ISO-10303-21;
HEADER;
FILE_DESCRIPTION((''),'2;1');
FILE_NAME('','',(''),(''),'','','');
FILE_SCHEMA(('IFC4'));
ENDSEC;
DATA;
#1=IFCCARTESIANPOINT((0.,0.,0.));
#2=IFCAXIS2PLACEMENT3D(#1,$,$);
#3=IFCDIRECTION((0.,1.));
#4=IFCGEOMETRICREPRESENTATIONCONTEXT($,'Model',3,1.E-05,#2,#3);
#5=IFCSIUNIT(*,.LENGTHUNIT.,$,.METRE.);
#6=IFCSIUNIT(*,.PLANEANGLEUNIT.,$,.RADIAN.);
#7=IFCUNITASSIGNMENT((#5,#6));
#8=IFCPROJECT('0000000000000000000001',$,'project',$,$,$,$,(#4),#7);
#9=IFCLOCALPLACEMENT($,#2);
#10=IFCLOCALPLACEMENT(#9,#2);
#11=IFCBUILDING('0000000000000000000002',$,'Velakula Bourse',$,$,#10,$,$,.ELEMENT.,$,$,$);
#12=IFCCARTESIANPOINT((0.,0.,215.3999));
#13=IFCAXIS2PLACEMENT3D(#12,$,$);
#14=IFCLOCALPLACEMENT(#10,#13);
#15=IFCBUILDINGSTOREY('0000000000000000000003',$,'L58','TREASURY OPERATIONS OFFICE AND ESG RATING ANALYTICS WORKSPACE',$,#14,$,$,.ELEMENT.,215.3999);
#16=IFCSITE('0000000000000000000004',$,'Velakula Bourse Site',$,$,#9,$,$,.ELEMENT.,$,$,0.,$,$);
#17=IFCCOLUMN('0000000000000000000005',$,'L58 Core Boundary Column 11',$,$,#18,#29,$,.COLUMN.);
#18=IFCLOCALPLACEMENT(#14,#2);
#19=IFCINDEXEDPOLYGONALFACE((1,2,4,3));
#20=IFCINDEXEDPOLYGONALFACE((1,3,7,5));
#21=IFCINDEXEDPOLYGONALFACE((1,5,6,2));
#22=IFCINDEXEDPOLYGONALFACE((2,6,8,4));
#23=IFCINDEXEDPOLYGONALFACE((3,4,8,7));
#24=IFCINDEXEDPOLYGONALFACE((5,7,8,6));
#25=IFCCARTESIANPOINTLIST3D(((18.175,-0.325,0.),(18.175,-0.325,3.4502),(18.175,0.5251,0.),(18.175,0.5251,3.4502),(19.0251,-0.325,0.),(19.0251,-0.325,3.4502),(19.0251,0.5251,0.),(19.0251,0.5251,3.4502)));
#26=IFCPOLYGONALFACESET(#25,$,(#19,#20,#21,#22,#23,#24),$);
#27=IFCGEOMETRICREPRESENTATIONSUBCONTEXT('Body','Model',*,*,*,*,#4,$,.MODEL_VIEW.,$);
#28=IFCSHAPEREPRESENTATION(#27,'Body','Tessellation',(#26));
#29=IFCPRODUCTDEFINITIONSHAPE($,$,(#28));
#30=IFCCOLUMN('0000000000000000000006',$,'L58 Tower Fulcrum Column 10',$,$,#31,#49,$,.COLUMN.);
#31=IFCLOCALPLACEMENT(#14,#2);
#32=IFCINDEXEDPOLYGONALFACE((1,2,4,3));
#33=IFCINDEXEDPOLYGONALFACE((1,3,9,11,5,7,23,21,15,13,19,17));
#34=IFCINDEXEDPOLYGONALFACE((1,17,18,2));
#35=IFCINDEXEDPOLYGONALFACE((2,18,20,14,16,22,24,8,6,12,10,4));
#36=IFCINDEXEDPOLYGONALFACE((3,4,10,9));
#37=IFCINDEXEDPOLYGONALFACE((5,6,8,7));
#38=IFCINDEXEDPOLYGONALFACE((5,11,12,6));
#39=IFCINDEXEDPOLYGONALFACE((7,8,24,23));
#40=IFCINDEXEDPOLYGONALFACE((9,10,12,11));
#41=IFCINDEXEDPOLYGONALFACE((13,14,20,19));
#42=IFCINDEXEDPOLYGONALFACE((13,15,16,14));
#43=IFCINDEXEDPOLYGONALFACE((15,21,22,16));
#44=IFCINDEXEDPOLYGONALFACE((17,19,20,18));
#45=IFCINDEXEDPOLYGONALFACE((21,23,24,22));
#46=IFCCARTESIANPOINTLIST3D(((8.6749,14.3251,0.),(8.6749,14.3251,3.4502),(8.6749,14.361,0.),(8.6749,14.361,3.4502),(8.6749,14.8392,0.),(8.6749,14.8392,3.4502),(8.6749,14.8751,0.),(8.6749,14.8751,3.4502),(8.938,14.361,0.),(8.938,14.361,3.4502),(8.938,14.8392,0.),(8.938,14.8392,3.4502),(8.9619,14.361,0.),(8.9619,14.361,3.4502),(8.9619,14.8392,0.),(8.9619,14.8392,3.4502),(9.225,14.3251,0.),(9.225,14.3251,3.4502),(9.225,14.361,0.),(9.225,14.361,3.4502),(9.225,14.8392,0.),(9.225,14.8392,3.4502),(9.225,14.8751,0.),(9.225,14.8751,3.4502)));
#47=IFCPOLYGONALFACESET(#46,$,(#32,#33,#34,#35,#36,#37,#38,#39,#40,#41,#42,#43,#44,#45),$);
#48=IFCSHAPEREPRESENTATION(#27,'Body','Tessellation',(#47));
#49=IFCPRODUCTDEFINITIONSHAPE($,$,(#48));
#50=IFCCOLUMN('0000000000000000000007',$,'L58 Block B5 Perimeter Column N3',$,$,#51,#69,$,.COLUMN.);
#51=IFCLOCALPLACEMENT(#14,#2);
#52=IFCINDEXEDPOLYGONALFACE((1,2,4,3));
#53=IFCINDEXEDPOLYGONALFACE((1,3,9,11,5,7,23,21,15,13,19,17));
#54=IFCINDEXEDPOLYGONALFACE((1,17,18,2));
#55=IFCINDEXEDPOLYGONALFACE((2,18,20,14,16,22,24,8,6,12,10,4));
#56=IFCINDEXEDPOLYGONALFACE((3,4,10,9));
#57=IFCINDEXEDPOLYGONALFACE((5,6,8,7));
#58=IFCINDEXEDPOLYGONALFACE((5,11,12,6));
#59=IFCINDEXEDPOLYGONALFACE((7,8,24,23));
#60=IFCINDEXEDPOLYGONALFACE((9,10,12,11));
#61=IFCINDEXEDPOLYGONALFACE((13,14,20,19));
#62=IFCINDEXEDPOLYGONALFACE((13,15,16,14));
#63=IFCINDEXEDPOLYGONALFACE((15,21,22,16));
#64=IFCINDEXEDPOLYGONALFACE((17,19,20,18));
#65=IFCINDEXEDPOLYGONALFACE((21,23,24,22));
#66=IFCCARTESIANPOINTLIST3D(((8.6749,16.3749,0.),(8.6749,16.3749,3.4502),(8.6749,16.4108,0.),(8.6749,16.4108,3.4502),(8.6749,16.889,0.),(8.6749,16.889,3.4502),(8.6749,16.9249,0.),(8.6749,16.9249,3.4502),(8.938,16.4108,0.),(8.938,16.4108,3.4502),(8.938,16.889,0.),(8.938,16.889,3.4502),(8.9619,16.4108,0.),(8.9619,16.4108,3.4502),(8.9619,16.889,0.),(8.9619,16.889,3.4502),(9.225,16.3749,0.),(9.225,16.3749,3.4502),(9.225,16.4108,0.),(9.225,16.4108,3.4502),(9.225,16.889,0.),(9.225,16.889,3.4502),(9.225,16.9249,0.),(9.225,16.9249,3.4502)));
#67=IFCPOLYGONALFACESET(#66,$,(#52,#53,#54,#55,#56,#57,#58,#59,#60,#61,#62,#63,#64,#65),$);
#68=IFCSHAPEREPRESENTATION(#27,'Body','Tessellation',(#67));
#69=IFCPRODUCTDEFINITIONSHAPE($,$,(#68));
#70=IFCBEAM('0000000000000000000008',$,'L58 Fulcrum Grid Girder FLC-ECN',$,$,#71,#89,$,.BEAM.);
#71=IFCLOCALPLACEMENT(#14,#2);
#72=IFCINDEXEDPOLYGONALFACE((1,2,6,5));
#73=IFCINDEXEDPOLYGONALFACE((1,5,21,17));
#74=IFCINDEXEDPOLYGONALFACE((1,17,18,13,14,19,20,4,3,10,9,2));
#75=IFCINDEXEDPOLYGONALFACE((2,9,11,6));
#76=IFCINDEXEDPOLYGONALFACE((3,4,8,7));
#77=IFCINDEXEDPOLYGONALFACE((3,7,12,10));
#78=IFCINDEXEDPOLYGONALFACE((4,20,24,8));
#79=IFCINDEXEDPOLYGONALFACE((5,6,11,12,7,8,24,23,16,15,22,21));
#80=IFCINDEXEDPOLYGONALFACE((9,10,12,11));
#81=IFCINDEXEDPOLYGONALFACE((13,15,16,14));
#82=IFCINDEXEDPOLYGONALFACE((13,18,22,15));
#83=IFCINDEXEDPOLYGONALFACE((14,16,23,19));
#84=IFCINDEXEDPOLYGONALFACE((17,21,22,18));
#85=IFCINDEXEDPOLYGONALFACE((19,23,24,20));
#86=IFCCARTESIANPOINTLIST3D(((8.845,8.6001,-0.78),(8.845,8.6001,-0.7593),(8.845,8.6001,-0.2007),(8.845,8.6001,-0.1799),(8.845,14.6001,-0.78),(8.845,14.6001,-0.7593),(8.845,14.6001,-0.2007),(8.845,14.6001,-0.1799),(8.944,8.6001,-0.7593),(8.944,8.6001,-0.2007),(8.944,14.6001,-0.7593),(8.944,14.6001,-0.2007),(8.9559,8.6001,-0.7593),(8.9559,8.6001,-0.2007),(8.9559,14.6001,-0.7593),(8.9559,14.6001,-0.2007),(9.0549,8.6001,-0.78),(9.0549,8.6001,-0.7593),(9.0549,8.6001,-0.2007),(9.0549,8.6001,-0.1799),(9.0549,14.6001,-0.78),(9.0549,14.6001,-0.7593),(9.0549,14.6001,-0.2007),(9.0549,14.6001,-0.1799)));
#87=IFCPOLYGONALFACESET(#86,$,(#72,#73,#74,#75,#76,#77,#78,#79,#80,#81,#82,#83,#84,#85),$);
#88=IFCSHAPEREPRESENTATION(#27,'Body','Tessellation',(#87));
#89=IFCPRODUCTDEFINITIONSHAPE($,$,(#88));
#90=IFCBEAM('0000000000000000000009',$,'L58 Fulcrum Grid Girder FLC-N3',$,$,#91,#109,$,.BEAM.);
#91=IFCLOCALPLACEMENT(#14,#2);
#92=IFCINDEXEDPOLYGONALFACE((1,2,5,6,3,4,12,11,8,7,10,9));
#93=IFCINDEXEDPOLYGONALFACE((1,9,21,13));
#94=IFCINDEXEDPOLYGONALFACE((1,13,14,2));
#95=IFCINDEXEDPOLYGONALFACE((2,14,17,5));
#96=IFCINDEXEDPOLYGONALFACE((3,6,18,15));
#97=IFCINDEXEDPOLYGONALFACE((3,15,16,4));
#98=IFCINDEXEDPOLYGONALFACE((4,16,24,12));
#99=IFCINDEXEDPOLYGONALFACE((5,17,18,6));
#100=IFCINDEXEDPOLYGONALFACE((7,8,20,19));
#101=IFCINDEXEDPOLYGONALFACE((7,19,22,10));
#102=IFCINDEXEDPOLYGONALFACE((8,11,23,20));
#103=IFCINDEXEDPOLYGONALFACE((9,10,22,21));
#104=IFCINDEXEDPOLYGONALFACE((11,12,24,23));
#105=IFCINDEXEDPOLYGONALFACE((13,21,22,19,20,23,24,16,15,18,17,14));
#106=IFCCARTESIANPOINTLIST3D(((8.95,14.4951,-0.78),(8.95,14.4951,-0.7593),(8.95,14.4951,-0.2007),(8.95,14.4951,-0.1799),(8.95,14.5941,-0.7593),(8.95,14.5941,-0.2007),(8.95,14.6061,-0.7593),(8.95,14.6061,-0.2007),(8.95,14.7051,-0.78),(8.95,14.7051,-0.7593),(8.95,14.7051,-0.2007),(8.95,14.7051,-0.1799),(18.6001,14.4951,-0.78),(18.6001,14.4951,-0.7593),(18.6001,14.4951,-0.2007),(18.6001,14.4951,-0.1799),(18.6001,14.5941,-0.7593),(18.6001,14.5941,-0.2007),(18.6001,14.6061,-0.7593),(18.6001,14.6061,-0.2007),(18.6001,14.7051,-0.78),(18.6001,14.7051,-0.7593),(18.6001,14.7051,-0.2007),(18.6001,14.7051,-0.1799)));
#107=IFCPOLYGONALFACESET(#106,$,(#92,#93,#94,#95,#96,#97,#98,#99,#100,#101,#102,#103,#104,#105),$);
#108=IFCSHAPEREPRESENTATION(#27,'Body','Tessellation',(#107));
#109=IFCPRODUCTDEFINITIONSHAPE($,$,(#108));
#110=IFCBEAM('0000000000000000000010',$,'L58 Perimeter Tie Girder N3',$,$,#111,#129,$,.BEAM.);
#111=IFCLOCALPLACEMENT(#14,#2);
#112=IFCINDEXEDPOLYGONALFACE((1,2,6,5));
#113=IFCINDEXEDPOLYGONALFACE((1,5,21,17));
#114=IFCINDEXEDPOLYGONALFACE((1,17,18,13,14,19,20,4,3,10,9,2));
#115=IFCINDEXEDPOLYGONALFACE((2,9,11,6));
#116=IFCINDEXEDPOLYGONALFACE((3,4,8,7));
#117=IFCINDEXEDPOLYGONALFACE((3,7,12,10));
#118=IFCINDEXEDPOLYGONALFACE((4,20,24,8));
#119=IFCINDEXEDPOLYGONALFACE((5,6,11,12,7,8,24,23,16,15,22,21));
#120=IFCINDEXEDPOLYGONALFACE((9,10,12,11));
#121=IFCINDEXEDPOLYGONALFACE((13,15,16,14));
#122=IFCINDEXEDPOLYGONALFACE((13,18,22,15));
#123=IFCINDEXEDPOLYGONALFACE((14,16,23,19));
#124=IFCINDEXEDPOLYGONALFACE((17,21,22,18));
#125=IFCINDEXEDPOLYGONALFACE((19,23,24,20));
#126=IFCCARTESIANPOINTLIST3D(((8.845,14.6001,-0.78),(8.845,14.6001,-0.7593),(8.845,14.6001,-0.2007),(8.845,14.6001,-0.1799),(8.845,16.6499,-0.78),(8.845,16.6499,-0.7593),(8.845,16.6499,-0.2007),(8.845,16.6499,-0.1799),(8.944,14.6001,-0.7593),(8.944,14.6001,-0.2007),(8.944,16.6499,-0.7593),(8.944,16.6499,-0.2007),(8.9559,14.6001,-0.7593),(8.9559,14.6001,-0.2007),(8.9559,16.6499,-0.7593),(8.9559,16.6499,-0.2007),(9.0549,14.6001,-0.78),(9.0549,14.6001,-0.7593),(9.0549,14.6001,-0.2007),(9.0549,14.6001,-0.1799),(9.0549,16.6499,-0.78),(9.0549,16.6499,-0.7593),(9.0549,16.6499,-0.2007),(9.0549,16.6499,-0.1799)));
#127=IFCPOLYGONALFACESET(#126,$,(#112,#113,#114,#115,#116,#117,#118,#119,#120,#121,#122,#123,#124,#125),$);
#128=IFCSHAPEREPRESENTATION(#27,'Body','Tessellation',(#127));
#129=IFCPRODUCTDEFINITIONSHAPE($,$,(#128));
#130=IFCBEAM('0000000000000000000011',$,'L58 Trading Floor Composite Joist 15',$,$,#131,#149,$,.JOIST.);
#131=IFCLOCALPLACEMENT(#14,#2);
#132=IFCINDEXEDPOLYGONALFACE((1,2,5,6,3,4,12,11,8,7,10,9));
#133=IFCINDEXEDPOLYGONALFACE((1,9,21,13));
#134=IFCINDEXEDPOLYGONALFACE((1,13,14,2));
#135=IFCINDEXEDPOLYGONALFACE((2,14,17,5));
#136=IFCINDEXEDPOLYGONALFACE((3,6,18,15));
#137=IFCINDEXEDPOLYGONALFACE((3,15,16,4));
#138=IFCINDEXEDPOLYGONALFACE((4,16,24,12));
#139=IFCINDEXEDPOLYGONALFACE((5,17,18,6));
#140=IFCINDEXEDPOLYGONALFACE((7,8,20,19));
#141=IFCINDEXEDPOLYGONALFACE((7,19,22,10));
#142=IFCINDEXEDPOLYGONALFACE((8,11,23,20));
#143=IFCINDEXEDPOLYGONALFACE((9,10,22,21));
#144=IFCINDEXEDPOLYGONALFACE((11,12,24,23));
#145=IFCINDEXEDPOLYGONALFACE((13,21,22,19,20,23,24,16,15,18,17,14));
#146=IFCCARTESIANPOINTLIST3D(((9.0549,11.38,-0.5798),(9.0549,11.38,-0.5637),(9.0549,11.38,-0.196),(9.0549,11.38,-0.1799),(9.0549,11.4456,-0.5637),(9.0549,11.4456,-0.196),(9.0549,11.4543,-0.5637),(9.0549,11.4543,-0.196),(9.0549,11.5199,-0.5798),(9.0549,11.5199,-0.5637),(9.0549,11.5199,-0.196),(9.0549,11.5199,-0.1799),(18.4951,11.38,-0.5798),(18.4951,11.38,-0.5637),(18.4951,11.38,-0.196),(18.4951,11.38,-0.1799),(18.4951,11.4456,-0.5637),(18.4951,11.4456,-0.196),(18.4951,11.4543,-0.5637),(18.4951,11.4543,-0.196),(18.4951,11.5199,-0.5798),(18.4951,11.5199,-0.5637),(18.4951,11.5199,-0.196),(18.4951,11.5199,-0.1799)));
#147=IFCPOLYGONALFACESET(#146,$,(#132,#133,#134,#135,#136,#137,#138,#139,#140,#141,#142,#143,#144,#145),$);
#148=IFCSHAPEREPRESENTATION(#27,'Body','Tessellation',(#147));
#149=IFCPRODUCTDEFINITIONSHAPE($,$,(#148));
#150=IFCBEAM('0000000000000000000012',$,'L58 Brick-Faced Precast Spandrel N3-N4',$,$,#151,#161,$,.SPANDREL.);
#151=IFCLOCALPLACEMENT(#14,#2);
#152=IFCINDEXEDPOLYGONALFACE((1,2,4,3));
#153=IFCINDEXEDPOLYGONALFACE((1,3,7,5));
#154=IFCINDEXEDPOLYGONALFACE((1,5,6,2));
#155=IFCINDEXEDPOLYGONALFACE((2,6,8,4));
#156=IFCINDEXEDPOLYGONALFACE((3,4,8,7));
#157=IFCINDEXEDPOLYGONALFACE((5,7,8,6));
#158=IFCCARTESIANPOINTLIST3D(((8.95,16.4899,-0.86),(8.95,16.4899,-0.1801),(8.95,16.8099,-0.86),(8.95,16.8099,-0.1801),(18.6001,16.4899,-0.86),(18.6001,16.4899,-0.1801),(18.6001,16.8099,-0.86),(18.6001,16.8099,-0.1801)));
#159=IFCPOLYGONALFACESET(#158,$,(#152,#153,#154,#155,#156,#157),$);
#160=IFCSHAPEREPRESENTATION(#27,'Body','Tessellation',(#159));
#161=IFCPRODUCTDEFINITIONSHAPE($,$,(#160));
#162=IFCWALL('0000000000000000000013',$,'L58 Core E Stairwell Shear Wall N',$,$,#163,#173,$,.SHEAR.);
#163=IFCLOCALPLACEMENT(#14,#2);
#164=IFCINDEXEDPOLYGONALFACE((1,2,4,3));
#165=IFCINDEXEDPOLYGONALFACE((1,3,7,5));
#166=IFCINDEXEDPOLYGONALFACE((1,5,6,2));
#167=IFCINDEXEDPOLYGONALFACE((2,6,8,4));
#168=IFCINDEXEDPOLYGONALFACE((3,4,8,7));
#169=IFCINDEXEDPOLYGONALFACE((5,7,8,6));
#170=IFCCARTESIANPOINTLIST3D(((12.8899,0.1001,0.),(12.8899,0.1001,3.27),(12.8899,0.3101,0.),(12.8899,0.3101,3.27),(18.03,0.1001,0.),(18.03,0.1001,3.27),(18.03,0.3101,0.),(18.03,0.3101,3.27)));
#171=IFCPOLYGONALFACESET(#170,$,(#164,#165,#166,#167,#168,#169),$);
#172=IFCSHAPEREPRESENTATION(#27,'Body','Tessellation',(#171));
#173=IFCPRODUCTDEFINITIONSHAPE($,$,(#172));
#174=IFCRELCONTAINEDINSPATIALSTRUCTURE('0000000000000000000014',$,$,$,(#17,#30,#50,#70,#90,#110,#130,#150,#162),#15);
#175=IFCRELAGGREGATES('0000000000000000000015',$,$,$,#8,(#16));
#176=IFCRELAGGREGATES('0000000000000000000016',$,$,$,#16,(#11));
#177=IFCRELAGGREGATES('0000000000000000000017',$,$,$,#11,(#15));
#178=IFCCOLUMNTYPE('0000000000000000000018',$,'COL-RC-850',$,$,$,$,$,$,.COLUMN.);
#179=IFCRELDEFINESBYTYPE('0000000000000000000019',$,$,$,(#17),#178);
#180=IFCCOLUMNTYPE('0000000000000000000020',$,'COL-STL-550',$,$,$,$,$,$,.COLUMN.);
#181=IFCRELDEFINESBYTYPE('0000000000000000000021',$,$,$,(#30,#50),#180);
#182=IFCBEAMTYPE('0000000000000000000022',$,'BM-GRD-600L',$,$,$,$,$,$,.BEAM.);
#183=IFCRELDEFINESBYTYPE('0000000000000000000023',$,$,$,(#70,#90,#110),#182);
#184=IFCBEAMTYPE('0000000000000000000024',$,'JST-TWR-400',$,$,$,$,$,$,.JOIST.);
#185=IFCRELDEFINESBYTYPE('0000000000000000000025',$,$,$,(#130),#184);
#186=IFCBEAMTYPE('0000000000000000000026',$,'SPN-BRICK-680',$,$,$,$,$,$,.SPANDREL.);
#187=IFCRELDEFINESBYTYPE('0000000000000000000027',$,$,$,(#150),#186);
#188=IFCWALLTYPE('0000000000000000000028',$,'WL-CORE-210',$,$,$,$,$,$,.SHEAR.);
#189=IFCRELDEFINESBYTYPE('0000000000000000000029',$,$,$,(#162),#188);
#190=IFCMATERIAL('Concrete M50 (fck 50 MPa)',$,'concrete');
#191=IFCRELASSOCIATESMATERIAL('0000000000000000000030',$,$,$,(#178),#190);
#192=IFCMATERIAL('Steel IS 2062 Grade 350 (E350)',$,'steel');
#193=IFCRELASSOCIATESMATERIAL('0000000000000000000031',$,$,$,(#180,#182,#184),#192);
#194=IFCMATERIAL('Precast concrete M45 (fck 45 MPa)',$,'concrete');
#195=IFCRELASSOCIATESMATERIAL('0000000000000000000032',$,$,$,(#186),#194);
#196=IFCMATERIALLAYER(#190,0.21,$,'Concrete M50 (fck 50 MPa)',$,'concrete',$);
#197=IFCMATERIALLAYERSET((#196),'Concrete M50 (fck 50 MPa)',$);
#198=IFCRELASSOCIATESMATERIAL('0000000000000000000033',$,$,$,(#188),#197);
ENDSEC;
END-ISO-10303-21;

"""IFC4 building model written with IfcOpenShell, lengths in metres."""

from ifc_helpers import new_model, si_unit, direction, frame, frame_2d, origin, origin_2d, place, context, subcontext, project, spatial, rectangle, i_section, extrude, material, layer, layer_set, material_profile, profile_set, type_object, element, save


model = new_model("IFC4")

# Units and contexts
model_context = context("Model", 3, precision=1e-05, world=origin(), true_north=direction((0.0, 1.0)))
body_context = subcontext(model_context, "Body", "Model", "MODEL_VIEW")
ifc_project = project(units=[si_unit("LENGTHUNIT", "METRE"), si_unit("PLANEANGLEUNIT", "RADIAN")], contexts=[model_context])

# Site, building, storey
site_placement = place(None, origin())
site = spatial("IfcSite", under=ifc_project, at=site_placement, Name="Velakula Bourse Site", CompositionType="ELEMENT", RefElevation=0.0)
building_placement = place(site_placement, origin())
building = spatial("IfcBuilding", under=site, at=building_placement, Name="Velakula Bourse", CompositionType="ELEMENT")
storey_placement = place(building_placement, frame((0.0, 0.0, 215.3999)))
storey = spatial("IfcBuildingStorey", under=building, at=storey_placement, Name="L58", Description="TREASURY OPERATIONS OFFICE AND ESG RATING ANALYTICS WORKSPACE", CompositionType="ELEMENT", Elevation=215.3999)

# Columns
ifc_material_1 = material(Name="Concrete M50 (fck 50 MPa)", Category="concrete")
ifc_material_profile_1 = material_profile(ifc_material_1, rectangle(XDim=0.8501, YDim=0.8501, at=origin_2d()), Name="Concrete M50 (fck 50 MPa)")
ifc_profile_set_1 = profile_set([ifc_material_profile_1], Name="Concrete M50 (fck 50 MPa)")
column_type_1 = type_object("IfcColumnType", Name="COL-RC-850", PredefinedType="COLUMN", material=ifc_profile_set_1)
column_placement = place(storey_placement, frame((18.6001, 0.1001, 0.0), z_axis=(0.0, 0.0, 1.0), x_axis=(1.0, 0.0, 0.0)))
element("IfcColumn", 1, at=column_placement, inside=storey, type_object=column_type_1, Name="L58 Core Boundary Column 11", PredefinedType="COLUMN", context=body_context, shape_type="SweptSolid", body=[
    extrude(rectangle(XDim=0.8501, YDim=0.8501, at=origin_2d()), origin(), (0.0, 0.0, 1.0), 3.4502),
])
ifc_material_2 = material(Name="Steel IS 2062 Grade 350 (E350)", Category="steel")
ifc_material_profile_2 = material_profile(ifc_material_2, i_section(OverallWidth=0.55, OverallDepth=0.55, WebThickness=0.0239, FlangeThickness=0.0359, at=origin_2d()), Name="Steel IS 2062 Grade 350 (E350)")
ifc_profile_set_2 = profile_set([ifc_material_profile_2], Name="Steel IS 2062 Grade 350 (E350)")
column_type_2 = type_object("IfcColumnType", Name="COL-STL-550", PredefinedType="COLUMN", material=ifc_profile_set_2)
for number, where, z_axis, x_axis, name in (
    (2, (8.95, 14.6001, 0.0), (0.0, 0.0, 1.0), (1.0, 0.0, 0.0), "L58 Tower Fulcrum Column 10"),
    (3, (8.95, 16.6499, 0.0), (0.0, 0.0, 1.0), (1.0, 0.0, 0.0), "L58 Block B5 Perimeter Column N3"),
):
    element("IfcColumn", number, at=place(storey_placement, frame(where, z_axis=z_axis, x_axis=x_axis)), inside=storey, type_object=column_type_2, Name=name, PredefinedType="COLUMN", context=body_context, shape_type="SweptSolid", body=[
        extrude(i_section(OverallWidth=0.55, OverallDepth=0.55, WebThickness=0.0239, FlangeThickness=0.0359, at=origin_2d()), origin(), (0.0, 0.0, 1.0), 3.4502),
    ])

# Beams
ifc_material_profile_3 = material_profile(ifc_material_2, i_section(OverallWidth=0.21, OverallDepth=0.6001, WebThickness=0.012, FlangeThickness=0.0208, at=origin_2d()), Name="Steel IS 2062 Grade 350 (E350)")
ifc_profile_set_3 = profile_set([ifc_material_profile_3], Name="Steel IS 2062 Grade 350 (E350)")
beam_type_1 = type_object("IfcBeamType", Name="BM-GRD-600L", PredefinedType="BEAM", material=ifc_profile_set_3)
beam_1_placement = place(storey_placement, frame((8.95, 8.6001, -0.48), z_axis=(0.0, 1.0, 0.0), x_axis=(-1.0, 0.0, 0.0)))
element("IfcBeam", 4, at=beam_1_placement, inside=storey, type_object=beam_type_1, Name="L58 Fulcrum Grid Girder FLC-ECN", PredefinedType="BEAM", context=body_context, shape_type="SweptSolid", body=[
    extrude(i_section(OverallWidth=0.21, OverallDepth=0.6001, WebThickness=0.012, FlangeThickness=0.0208, at=origin_2d()), origin(), (0.0, 0.0, 1.0), 6.0),
])
beam_2_placement = place(storey_placement, frame((8.95, 14.6001, -0.48), z_axis=(1.0, 0.0, 0.0), x_axis=(0.0, 1.0, 0.0)))
element("IfcBeam", 5, at=beam_2_placement, inside=storey, type_object=beam_type_1, Name="L58 Fulcrum Grid Girder FLC-N3", PredefinedType="BEAM", context=body_context, shape_type="SweptSolid", body=[
    extrude(i_section(OverallWidth=0.21, OverallDepth=0.6001, WebThickness=0.012, FlangeThickness=0.0208, at=origin_2d()), origin(), (0.0, 0.0, 1.0), 9.6501),
])
beam_3_placement = place(storey_placement, frame((8.95, 14.6001, -0.48), z_axis=(0.0, 1.0, 0.0), x_axis=(-1.0, 0.0, 0.0)))
element("IfcBeam", 6, at=beam_3_placement, inside=storey, type_object=beam_type_1, Name="L58 Perimeter Tie Girder N3", PredefinedType="BEAM", context=body_context, shape_type="SweptSolid", body=[
    extrude(i_section(OverallWidth=0.21, OverallDepth=0.6001, WebThickness=0.012, FlangeThickness=0.0208, at=origin_2d()), origin(), (0.0, 0.0, 1.0), 2.0498),
])
ifc_material_profile_4 = material_profile(ifc_material_2, i_section(OverallWidth=0.1399, OverallDepth=0.3999, WebThickness=0.0088, FlangeThickness=0.0161, at=origin_2d()), Name="Steel IS 2062 Grade 350 (E350)")
ifc_profile_set_4 = profile_set([ifc_material_profile_4], Name="Steel IS 2062 Grade 350 (E350)")
beam_type_2 = type_object("IfcBeamType", Name="JST-TWR-400", PredefinedType="JOIST", material=ifc_profile_set_4)
beam_4_placement = place(storey_placement, frame((9.0549, 11.45, -0.3799), z_axis=(1.0, 0.0, 0.0), x_axis=(0.0, 1.0, 0.0)))
element("IfcBeam", 7, at=beam_4_placement, inside=storey, type_object=beam_type_2, Name="L58 Trading Floor Composite Joist 15", PredefinedType="JOIST", context=body_context, shape_type="SweptSolid", body=[
    extrude(i_section(OverallWidth=0.1399, OverallDepth=0.3999, WebThickness=0.0088, FlangeThickness=0.0161, at=origin_2d()), origin(), (0.0, 0.0, 1.0), 9.4402),
])
ifc_material_3 = material(Name="Precast concrete M45 (fck 45 MPa)", Category="concrete")
ifc_material_profile_5 = material_profile(ifc_material_3, rectangle(XDim=0.3201, YDim=0.6799, at=origin_2d()), Name="Precast concrete M45 (fck 45 MPa)")
ifc_profile_set_5 = profile_set([ifc_material_profile_5], Name="Precast concrete M45 (fck 45 MPa)")
beam_type_3 = type_object("IfcBeamType", Name="SPN-BRICK-680", PredefinedType="SPANDREL", material=ifc_profile_set_5)
beam_5_placement = place(storey_placement, frame((8.95, 16.6499, -0.52), z_axis=(1.0, 0.0, 0.0), x_axis=(0.0, 1.0, 0.0)))
element("IfcBeam", 8, at=beam_5_placement, inside=storey, type_object=beam_type_3, Name="L58 Brick-Faced Precast Spandrel N3-N4", PredefinedType="SPANDREL", context=body_context, shape_type="SweptSolid", body=[
    extrude(rectangle(XDim=0.3201, YDim=0.6799, at=origin_2d()), origin(), (0.0, 0.0, 1.0), 9.6501),
])

# Wall
ifc_layer_1 = layer(ifc_material_1, 0.21, Name="Concrete M50 (fck 50 MPa)", Category="concrete")
ifc_layer_set_1 = layer_set([ifc_layer_1], Name="Concrete M50 (fck 50 MPa)")
wall_type_1 = type_object("IfcWallType", Name="WL-CORE-210", PredefinedType="SHEAR", material=ifc_layer_set_1)
wall_1_placement = place(storey_placement, frame((18.03, 0.2051, 0.0), z_axis=(0.0, 0.0, 1.0), x_axis=(-1.0, 0.0, 0.0)))
element("IfcWall", 9, at=wall_1_placement, inside=storey, type_object=wall_type_1, Name="L58 Core E Stairwell Shear Wall N", PredefinedType="SHEAR", context=body_context, shape_type="SweptSolid", body=[
    extrude(rectangle(XDim=5.1401, YDim=0.21, at=frame_2d((2.5701, 0.0))), origin(), (0.0, 0.0, 1.0), 3.27),
])

save(model, "model.ifc")
